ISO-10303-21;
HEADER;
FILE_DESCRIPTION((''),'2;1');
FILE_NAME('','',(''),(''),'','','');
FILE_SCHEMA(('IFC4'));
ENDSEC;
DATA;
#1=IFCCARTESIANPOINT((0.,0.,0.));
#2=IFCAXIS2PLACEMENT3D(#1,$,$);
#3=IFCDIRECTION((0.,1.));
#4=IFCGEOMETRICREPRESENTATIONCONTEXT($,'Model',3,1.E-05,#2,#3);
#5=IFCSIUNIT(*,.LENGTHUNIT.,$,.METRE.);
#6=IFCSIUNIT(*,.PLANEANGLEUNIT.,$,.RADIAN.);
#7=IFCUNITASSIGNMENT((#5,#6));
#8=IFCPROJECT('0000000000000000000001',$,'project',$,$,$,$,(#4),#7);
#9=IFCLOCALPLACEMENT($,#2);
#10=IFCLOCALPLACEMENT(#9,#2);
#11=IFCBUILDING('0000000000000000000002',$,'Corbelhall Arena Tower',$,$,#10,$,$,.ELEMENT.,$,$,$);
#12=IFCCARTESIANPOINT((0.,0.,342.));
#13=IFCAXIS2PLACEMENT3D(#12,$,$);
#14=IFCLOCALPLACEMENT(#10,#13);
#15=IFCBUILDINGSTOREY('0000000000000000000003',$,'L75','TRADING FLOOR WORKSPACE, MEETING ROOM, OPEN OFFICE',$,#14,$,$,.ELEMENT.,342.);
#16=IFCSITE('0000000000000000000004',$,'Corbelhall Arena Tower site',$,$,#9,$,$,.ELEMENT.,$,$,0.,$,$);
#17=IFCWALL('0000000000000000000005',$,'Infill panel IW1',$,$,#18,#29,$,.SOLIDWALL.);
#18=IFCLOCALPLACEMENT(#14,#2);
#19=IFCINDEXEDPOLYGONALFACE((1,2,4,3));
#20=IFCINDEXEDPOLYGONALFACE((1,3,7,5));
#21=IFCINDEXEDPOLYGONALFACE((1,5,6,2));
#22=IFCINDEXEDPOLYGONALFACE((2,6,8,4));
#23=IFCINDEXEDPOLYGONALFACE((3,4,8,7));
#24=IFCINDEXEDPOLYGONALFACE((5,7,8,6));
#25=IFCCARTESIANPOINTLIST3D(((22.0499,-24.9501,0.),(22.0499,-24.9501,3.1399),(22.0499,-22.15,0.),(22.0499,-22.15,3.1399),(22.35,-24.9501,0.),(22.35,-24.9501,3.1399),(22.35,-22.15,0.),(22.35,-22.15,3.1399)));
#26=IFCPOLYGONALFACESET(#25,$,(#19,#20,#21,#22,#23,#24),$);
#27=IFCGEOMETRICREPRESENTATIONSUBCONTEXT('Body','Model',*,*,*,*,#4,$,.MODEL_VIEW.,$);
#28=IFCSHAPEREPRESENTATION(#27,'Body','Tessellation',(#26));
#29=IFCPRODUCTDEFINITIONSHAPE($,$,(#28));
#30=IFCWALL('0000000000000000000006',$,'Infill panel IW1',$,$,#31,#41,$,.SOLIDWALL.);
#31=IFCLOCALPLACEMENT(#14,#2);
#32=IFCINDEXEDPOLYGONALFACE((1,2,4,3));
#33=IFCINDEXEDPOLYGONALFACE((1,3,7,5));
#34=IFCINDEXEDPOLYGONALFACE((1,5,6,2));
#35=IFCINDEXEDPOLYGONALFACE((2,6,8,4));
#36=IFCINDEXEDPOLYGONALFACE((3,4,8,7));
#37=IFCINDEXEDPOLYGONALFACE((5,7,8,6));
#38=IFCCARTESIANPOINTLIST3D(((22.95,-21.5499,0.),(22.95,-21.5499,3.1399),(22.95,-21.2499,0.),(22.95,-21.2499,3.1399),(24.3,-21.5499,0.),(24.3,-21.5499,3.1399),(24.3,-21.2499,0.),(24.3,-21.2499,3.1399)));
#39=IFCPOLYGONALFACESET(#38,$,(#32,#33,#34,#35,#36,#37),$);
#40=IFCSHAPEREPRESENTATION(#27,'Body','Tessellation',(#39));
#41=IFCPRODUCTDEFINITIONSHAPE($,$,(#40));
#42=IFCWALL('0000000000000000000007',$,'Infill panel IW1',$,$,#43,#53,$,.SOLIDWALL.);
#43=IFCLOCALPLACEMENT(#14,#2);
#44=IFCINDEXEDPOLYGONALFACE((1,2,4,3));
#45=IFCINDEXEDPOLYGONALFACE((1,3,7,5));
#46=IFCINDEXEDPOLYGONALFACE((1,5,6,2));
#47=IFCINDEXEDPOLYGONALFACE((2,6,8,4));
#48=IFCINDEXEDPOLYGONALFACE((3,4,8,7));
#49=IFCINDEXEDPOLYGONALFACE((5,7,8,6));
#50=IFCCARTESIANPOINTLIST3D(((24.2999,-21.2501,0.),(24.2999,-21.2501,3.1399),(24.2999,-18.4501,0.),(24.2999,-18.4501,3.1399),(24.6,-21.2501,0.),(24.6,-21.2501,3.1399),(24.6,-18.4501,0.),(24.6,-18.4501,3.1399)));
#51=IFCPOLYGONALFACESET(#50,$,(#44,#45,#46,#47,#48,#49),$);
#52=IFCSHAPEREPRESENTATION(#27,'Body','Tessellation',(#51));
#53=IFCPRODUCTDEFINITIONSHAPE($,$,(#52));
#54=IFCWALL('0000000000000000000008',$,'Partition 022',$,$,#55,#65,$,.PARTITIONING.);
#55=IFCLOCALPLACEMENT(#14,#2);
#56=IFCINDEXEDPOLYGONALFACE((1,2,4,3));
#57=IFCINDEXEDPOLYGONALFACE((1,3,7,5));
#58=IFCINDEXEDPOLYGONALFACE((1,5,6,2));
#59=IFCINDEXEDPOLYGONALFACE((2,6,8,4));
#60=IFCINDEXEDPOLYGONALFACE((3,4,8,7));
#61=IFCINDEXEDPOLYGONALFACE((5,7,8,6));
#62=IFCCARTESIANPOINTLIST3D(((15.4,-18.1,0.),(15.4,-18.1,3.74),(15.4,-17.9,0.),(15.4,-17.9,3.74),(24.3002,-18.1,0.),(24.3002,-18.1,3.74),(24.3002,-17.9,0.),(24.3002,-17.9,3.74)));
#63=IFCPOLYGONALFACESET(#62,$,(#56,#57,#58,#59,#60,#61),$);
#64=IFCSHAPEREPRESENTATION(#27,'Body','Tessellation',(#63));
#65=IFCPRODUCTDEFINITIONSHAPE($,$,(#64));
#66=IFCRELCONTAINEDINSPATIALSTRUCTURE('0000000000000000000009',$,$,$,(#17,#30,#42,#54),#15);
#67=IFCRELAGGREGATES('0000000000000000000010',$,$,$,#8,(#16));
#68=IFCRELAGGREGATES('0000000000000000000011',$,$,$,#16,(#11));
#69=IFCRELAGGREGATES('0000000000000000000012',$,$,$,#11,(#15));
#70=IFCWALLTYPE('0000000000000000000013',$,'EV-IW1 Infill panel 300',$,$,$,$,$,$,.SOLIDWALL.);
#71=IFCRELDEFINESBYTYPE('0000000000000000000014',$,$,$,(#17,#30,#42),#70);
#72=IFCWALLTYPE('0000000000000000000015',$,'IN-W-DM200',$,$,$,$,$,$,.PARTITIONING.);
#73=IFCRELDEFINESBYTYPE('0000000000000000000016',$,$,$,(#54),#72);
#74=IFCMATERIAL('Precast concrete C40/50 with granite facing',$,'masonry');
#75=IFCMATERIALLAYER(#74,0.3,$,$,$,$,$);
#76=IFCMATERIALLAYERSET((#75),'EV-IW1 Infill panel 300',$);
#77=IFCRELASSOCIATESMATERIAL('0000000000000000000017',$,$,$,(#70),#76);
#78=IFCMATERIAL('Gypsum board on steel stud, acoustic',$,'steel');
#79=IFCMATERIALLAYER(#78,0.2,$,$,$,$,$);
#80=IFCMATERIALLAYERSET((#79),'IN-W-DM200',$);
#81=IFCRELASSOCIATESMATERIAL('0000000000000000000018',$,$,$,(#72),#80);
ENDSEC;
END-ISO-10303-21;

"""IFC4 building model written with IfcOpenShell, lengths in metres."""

from ifc_helpers import new_model, si_unit, direction, frame, frame_2d, origin, place, context, subcontext, project, spatial, rectangle, extrude, material, layer, layer_set, type_object, element, save


model = new_model("IFC4")

# Units and contexts
model_context = context("Model", 3, precision=1e-05, world=origin(), true_north=direction((0.0, 1.0)))
body_context = subcontext(model_context, "Body", "Model", "MODEL_VIEW")
ifc_project = project(units=[si_unit("LENGTHUNIT", "METRE"), si_unit("PLANEANGLEUNIT", "RADIAN")], contexts=[model_context])

# Site, building, storey
site_placement = place(None, origin())
site = spatial("IfcSite", under=ifc_project, at=site_placement, Name="Corbelhall Arena Tower site", CompositionType="ELEMENT", RefElevation=0.0)
building_placement = place(site_placement, origin())
building = spatial("IfcBuilding", under=site, at=building_placement, Name="Corbelhall Arena Tower", CompositionType="ELEMENT")
storey_placement = place(building_placement, frame((0.0, 0.0, 342.0)))
storey = spatial("IfcBuildingStorey", under=building, at=storey_placement, Name="L75", Description="TRADING FLOOR WORKSPACE, MEETING ROOM, OPEN OFFICE", CompositionType="ELEMENT", Elevation=342.0)

# Shared definitions
ifc_material_1 = material(Name="Precast concrete C40/50 with granite facing", Category="masonry")
ifc_layer_1 = layer(ifc_material_1, 0.3)
ifc_layer_set_1 = layer_set([ifc_layer_1], Name="EV-IW1 Infill panel 300")
wall_type_1 = type_object("IfcWallType", Name="EV-IW1 Infill panel 300", PredefinedType="SOLIDWALL", material=ifc_layer_set_1)

# Walls
wall_1_placement = place(storey_placement, frame((22.2, -24.95, 0.0), z_axis=(0.0, 0.0, 1.0), x_axis=(0.0, 1.0, 0.0)))
element("IfcWall", 1, at=wall_1_placement, inside=storey, type_object=wall_type_1, Name="Infill panel IW1", PredefinedType="SOLIDWALL", context=body_context, shape_type="SweptSolid", body=[
    extrude(rectangle(XDim=2.8, YDim=0.3, at=frame_2d((1.3999, 0.0))), origin(), (0.0, 0.0, 1.0), 3.1399),
])
wall_2_placement = place(storey_placement, frame((22.95, -21.3999, 0.0), z_axis=(0.0, 0.0, 1.0), x_axis=(1.0, 0.0, 0.0)))
element("IfcWall", 2, at=wall_2_placement, inside=storey, type_object=wall_type_1, Name="Infill panel IW1", PredefinedType="SOLIDWALL", context=body_context, shape_type="SweptSolid", body=[
    extrude(rectangle(XDim=1.3501, YDim=0.3, at=frame_2d((0.675, 0.0))), origin(), (0.0, 0.0, 1.0), 3.1399),
])
wall_3_placement = place(storey_placement, frame((24.45, -21.25, 0.0), z_axis=(0.0, 0.0, 1.0), x_axis=(0.0, 1.0, 0.0)))
element("IfcWall", 3, at=wall_3_placement, inside=storey, type_object=wall_type_1, Name="Infill panel IW1", PredefinedType="SOLIDWALL", context=body_context, shape_type="SweptSolid", body=[
    extrude(rectangle(XDim=2.8, YDim=0.3, at=frame_2d((1.3999, 0.0))), origin(), (0.0, 0.0, 1.0), 3.1399),
])

# Shared definitions
ifc_material_2 = material(Name="Gypsum board on steel stud, acoustic", Category="steel")
ifc_layer_2 = layer(ifc_material_2, 0.2)
ifc_layer_set_2 = layer_set([ifc_layer_2], Name="IN-W-DM200")
wall_type_2 = type_object("IfcWallType", Name="IN-W-DM200", PredefinedType="PARTITIONING", material=ifc_layer_set_2)

# Wall
wall_4_placement = place(storey_placement, frame((15.3999, -18.0, 0.0), z_axis=(0.0, 0.0, 1.0), x_axis=(1.0, 0.0, 0.0)))
element("IfcWall", 4, at=wall_4_placement, inside=storey, type_object=wall_type_2, Name="Partition 022", PredefinedType="PARTITIONING", context=body_context, shape_type="SweptSolid", body=[
    extrude(rectangle(XDim=8.9001, YDim=0.2, at=frame_2d((4.4502, 0.0))), origin(), (0.0, 0.0, 1.0), 3.74),
])

save(model, "model.ifc")
